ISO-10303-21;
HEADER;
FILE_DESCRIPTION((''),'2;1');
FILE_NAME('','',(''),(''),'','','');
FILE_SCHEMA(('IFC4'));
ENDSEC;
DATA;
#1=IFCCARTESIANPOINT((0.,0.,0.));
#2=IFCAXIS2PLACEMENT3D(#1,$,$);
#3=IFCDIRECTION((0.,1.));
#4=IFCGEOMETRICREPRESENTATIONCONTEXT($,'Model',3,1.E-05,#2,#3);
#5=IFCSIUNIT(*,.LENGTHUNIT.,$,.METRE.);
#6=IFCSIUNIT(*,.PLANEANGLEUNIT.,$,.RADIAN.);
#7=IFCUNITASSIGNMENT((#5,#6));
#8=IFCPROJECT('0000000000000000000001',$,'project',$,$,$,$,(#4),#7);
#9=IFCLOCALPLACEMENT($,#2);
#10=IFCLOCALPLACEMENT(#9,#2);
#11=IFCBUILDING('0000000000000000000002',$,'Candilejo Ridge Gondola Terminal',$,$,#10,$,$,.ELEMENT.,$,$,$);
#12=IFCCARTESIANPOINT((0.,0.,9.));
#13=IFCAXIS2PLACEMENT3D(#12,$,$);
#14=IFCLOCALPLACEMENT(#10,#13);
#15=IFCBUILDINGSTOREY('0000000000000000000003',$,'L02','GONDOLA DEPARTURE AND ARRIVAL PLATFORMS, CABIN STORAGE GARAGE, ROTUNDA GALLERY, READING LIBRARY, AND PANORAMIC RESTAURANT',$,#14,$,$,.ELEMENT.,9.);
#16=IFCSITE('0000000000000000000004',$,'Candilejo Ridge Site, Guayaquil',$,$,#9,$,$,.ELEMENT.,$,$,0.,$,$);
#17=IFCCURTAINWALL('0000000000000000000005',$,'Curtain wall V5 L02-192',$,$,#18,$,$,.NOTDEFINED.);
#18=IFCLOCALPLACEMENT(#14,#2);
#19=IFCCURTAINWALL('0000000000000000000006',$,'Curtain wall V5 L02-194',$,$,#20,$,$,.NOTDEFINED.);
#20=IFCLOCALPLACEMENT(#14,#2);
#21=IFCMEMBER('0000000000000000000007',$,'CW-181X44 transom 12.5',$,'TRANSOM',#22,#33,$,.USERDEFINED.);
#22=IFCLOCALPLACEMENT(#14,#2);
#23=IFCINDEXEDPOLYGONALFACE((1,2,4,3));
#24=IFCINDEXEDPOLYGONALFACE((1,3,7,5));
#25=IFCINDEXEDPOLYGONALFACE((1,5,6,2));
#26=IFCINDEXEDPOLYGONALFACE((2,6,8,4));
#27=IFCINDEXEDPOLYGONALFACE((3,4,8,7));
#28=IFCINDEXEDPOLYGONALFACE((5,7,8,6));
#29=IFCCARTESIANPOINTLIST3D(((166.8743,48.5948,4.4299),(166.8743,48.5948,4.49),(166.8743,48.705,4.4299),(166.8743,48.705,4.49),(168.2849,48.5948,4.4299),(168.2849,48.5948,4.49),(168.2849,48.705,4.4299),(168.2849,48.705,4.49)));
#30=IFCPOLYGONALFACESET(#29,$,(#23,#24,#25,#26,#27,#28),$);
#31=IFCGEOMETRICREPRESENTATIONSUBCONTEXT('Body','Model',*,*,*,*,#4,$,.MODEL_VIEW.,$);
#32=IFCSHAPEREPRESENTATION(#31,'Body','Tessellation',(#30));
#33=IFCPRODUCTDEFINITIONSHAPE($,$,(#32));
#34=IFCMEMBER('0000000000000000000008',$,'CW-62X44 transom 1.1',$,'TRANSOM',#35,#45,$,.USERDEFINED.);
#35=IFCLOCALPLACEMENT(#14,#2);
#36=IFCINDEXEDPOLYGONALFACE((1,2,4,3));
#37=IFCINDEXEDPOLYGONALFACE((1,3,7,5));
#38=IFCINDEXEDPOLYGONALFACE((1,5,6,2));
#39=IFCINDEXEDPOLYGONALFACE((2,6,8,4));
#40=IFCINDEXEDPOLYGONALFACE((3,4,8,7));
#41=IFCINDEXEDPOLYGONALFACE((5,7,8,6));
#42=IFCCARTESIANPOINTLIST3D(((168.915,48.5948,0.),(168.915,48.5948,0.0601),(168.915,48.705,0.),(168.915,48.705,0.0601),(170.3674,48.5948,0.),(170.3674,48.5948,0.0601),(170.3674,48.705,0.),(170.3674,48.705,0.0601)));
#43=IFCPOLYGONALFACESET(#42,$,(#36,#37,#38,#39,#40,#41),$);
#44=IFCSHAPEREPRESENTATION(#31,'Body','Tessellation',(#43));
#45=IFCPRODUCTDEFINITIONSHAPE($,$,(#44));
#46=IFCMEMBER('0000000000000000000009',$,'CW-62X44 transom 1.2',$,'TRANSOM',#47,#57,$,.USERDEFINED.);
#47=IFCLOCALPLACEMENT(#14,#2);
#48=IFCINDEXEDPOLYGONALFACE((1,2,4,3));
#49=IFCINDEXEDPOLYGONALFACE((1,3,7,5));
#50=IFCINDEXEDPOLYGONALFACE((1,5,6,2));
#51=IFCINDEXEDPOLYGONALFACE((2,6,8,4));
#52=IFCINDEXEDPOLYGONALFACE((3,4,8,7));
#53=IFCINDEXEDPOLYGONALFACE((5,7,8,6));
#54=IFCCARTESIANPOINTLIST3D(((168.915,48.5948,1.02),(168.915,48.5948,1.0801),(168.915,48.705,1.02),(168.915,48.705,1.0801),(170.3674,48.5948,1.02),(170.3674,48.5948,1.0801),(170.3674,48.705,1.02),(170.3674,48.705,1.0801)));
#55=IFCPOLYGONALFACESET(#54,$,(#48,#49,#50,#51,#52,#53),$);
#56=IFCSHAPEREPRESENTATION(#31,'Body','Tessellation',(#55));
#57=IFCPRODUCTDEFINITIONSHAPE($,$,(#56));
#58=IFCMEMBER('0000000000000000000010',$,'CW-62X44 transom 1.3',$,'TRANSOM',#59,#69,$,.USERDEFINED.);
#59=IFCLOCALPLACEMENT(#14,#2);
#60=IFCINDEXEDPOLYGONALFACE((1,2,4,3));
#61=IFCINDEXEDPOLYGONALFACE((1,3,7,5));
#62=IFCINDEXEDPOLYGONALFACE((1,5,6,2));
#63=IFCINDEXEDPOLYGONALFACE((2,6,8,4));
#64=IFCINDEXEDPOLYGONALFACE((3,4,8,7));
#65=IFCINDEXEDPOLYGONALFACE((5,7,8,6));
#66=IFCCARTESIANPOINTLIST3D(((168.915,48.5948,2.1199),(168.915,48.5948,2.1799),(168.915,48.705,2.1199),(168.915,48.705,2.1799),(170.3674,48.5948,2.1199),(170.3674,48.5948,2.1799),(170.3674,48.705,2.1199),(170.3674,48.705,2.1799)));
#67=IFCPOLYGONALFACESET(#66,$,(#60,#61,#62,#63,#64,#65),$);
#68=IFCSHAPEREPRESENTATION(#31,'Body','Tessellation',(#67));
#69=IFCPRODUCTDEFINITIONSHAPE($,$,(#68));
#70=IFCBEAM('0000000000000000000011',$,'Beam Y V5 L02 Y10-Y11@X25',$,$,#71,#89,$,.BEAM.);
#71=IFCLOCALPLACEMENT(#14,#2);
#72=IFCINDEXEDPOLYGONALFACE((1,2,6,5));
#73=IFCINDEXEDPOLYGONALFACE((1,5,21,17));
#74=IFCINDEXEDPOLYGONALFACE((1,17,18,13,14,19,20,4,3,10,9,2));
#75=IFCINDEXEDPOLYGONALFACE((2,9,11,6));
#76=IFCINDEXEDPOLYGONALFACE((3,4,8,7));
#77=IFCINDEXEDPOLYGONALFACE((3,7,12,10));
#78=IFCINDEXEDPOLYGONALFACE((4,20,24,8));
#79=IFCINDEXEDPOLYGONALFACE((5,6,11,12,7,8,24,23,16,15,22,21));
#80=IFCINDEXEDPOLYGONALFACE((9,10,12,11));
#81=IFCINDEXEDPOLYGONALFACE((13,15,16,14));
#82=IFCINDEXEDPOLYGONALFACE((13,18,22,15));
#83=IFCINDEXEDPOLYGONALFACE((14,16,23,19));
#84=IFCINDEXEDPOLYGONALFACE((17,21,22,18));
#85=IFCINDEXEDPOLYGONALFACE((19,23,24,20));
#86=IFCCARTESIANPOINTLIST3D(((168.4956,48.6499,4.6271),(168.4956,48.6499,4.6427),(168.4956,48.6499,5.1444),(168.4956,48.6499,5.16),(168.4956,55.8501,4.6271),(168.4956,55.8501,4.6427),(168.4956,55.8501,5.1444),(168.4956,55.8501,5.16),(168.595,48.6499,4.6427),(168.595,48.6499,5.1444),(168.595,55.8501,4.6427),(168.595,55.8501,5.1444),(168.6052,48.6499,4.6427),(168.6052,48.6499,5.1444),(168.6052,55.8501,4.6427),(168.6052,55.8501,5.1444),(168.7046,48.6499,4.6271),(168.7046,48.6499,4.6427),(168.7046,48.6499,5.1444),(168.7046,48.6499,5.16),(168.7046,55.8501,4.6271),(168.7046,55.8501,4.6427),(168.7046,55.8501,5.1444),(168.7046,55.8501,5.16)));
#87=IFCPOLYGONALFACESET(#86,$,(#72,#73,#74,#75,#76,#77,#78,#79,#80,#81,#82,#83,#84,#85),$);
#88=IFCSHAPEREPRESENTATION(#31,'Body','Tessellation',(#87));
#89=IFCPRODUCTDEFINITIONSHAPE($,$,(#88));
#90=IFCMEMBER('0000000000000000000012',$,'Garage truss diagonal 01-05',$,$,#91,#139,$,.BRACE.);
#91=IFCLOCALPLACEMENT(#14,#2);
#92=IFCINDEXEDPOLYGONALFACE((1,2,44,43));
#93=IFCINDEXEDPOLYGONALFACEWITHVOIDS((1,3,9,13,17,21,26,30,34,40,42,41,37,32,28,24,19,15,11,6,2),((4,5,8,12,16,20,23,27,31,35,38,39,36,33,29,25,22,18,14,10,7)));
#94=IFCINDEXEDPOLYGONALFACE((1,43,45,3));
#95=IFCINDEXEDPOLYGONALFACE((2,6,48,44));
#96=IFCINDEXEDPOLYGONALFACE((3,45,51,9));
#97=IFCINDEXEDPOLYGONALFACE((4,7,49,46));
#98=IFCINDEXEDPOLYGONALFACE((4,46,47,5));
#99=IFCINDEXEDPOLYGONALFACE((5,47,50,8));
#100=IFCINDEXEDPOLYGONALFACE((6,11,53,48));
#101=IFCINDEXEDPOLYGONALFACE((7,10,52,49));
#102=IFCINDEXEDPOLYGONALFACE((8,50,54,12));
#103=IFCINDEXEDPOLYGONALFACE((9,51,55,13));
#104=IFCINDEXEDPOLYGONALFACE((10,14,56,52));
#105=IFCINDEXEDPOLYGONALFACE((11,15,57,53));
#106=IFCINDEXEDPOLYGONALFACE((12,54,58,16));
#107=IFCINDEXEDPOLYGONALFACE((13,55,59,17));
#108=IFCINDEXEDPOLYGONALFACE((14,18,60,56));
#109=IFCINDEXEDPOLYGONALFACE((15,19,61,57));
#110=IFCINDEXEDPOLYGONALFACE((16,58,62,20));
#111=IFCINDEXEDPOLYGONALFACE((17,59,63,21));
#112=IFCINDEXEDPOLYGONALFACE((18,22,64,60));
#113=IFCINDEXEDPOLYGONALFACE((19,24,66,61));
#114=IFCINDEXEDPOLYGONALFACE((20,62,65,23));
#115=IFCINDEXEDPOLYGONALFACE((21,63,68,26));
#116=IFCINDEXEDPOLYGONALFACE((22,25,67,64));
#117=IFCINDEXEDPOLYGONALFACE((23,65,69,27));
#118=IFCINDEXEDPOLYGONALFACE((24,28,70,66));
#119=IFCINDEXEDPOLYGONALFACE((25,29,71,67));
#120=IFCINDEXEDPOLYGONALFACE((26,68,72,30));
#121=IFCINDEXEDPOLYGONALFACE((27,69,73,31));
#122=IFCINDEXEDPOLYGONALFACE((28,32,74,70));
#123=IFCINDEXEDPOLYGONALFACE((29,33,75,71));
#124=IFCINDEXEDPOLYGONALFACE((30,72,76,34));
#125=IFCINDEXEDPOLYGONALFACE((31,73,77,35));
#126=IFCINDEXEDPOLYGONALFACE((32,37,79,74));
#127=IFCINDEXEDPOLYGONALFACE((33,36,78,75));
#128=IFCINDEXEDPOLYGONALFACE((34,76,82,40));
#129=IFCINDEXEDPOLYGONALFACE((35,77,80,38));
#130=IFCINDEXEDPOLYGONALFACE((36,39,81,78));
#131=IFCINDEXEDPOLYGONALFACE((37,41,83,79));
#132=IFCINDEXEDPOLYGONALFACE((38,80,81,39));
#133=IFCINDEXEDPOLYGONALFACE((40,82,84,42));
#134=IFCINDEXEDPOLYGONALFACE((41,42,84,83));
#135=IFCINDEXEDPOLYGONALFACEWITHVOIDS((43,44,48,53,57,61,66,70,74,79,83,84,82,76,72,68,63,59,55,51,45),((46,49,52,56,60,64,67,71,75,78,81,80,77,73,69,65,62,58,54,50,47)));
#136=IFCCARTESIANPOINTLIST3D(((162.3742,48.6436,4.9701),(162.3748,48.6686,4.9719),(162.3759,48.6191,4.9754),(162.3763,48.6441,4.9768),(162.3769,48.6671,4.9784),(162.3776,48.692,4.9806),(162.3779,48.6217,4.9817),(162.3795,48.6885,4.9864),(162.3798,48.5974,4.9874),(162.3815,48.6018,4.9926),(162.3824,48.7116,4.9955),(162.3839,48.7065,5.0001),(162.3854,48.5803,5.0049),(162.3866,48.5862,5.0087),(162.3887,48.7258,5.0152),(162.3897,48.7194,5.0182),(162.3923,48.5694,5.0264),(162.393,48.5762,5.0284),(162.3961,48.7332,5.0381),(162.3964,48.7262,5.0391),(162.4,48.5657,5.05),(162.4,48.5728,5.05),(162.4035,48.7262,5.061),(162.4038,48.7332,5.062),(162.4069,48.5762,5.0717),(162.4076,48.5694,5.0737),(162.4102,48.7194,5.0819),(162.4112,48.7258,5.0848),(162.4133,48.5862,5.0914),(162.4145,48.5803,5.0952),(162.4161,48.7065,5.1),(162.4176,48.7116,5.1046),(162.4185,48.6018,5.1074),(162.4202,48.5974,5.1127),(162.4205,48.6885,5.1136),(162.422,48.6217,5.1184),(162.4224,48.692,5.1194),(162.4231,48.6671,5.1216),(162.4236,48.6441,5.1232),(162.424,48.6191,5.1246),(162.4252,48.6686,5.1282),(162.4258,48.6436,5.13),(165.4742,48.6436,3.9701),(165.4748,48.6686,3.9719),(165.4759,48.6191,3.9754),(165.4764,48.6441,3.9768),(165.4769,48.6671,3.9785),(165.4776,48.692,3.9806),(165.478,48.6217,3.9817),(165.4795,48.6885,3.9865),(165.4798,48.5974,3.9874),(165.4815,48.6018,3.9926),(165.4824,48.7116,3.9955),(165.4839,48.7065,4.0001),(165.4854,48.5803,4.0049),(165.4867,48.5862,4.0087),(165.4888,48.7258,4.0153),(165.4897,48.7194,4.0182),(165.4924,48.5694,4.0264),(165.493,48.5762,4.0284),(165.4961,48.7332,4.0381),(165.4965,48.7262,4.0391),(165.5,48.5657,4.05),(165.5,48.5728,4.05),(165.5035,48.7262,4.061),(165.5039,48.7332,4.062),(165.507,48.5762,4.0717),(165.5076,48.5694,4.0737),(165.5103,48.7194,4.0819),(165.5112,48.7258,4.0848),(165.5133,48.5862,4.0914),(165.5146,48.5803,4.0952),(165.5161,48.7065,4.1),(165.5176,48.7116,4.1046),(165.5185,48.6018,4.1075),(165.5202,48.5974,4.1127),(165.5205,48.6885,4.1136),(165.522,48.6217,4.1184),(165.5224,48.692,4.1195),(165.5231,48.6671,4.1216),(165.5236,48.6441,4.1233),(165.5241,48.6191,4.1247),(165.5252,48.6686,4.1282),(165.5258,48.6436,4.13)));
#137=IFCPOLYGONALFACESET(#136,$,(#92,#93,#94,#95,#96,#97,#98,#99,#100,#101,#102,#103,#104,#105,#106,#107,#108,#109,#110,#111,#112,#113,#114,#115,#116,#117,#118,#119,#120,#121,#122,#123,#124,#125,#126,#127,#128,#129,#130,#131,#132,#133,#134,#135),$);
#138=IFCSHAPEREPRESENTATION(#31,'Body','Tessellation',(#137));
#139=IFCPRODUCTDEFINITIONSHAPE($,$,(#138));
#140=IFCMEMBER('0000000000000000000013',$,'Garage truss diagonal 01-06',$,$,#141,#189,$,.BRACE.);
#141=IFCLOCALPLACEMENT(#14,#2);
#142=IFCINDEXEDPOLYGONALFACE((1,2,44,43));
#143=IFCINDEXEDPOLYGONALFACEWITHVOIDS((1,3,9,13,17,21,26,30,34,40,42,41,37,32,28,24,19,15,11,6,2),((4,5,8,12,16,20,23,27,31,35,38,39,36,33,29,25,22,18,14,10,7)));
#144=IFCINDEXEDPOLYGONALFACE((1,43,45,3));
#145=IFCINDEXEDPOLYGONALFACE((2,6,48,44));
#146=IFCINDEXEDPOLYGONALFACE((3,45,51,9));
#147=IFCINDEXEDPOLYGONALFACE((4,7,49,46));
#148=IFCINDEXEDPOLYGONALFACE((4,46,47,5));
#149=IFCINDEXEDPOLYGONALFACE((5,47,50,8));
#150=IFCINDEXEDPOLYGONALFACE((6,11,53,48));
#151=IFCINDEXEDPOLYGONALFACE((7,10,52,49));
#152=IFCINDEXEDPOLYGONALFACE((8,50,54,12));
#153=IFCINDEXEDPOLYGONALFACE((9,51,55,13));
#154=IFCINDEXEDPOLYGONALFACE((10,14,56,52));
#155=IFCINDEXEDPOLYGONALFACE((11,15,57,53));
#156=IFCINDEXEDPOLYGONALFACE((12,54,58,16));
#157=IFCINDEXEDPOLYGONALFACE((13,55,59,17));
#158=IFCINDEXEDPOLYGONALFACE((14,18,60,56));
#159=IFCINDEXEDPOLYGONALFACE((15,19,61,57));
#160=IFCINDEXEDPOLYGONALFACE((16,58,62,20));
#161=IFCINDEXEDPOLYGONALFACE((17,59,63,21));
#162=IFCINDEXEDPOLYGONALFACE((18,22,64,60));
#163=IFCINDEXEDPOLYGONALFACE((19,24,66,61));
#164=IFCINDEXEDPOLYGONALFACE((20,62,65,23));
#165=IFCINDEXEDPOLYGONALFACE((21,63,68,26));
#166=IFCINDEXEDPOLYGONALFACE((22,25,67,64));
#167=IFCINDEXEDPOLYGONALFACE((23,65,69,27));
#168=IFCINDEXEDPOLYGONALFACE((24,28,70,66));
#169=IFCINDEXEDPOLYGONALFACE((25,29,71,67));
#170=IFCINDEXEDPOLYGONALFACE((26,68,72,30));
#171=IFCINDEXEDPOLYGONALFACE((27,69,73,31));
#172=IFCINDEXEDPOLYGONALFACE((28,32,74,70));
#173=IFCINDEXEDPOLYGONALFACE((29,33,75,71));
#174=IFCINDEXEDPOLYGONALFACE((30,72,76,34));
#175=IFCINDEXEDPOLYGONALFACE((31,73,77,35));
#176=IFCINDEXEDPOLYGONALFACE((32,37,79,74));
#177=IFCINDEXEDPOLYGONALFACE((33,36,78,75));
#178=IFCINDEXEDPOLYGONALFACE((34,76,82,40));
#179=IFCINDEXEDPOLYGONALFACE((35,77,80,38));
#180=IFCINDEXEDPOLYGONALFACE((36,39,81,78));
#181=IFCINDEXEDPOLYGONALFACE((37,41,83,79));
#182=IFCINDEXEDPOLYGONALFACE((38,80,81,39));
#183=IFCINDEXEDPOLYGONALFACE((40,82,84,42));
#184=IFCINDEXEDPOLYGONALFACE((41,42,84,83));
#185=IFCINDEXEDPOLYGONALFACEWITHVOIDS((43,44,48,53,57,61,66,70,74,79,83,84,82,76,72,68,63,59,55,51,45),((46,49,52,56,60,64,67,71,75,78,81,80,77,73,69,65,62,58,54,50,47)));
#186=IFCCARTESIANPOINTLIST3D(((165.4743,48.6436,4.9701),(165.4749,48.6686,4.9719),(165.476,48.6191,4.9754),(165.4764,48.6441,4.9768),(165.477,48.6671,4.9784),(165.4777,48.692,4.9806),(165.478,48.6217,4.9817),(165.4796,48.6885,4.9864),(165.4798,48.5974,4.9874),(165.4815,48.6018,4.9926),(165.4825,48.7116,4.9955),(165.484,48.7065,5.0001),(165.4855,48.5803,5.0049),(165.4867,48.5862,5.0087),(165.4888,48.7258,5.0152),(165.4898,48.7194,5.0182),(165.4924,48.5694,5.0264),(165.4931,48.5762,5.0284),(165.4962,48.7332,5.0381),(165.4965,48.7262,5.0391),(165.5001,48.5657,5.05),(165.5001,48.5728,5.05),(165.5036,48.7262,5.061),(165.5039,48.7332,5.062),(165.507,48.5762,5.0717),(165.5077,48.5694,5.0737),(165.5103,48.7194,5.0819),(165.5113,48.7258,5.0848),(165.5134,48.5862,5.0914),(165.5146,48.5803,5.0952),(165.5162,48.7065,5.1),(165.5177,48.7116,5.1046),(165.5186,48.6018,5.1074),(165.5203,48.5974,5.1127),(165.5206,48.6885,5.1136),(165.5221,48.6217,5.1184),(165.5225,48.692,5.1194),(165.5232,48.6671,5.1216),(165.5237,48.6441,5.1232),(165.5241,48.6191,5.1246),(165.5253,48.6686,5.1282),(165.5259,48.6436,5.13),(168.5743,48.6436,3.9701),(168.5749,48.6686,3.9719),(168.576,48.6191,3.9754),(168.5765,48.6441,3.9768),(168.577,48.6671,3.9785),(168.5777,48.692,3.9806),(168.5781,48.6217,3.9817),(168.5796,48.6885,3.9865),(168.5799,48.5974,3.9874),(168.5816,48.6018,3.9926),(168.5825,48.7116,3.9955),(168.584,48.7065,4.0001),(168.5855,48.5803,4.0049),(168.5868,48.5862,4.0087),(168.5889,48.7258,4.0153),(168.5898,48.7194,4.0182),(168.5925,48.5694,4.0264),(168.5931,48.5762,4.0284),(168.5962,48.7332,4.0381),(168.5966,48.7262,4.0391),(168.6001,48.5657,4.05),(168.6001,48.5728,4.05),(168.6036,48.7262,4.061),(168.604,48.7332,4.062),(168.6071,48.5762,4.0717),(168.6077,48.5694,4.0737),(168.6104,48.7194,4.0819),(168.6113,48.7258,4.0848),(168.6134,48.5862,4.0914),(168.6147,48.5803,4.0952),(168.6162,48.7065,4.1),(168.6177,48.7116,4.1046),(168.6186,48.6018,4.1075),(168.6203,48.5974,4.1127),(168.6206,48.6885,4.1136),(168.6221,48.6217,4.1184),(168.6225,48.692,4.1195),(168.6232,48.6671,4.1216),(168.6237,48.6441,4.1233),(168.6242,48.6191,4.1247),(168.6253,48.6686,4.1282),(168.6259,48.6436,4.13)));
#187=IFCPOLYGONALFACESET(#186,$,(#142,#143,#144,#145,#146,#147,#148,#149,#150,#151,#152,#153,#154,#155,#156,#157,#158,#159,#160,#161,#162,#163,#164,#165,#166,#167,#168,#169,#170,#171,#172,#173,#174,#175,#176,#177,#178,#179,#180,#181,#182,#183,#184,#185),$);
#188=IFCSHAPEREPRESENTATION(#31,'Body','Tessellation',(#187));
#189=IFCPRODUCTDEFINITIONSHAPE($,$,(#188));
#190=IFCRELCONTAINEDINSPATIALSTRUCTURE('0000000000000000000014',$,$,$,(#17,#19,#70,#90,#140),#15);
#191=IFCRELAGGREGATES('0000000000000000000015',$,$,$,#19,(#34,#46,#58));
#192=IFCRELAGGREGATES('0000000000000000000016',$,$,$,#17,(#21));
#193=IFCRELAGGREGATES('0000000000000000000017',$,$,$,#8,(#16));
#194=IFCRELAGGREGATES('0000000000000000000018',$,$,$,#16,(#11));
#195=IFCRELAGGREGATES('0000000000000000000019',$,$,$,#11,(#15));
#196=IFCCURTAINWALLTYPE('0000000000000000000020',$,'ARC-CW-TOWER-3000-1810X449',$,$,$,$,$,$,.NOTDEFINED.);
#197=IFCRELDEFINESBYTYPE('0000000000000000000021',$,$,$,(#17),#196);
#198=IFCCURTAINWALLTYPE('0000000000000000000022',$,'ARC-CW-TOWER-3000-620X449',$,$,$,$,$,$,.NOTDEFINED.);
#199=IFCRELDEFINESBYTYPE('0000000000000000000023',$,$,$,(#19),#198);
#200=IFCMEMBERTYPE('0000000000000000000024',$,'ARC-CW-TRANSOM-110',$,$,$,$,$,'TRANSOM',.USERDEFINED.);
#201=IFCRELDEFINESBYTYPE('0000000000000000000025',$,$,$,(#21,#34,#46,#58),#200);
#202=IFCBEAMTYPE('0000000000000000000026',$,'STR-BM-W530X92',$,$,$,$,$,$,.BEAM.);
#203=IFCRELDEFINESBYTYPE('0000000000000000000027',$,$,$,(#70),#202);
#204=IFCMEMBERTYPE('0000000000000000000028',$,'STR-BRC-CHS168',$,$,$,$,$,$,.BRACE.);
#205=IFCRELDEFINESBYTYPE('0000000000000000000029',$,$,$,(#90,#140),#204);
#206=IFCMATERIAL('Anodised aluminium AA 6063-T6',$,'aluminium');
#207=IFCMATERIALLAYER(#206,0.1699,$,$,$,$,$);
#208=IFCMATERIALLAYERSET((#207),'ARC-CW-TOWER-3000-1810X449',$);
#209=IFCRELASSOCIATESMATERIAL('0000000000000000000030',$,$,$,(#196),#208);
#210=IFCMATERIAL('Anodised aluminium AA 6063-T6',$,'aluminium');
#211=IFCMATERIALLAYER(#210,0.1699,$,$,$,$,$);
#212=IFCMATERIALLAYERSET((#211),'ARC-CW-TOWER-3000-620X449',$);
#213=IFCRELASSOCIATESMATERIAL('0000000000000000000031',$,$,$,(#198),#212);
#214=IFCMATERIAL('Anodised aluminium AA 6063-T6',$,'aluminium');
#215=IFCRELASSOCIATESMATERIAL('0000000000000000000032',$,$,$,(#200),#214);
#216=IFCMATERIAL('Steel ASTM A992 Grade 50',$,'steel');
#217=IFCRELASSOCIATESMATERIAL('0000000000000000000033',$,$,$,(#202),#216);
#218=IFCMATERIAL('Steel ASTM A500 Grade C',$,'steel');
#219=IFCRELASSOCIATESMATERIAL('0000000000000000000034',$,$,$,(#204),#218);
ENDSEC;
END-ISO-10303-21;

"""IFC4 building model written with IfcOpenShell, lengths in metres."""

from ifc_helpers import new_model, si_unit, direction, frame, origin, origin_2d, place, context, subcontext, project, spatial, rectangle, hollow_circle, i_section, extrude, material, layer, layer_set, material_profile, profile_set, type_object, element, aggregate, save


model = new_model("IFC4")

# Units and contexts
model_context = context("Model", 3, precision=1e-05, world=origin(), true_north=direction((0.0, 1.0)))
body_context = subcontext(model_context, "Body", "Model", "MODEL_VIEW")
ifc_project = project(units=[si_unit("LENGTHUNIT", "METRE"), si_unit("PLANEANGLEUNIT", "RADIAN")], contexts=[model_context])

# Site, building, storey
site_placement = place(None, origin())
site = spatial("IfcSite", under=ifc_project, at=site_placement, Name="Candilejo Ridge Site, Guayaquil", CompositionType="ELEMENT", RefElevation=0.0)
building_placement = place(site_placement, origin())
building = spatial("IfcBuilding", under=site, at=building_placement, Name="Candilejo Ridge Gondola Terminal", CompositionType="ELEMENT")
storey_placement = place(building_placement, frame((0.0, 0.0, 9.0)))
storey = spatial("IfcBuildingStorey", under=building, at=storey_placement, Name="L02", Description="GONDOLA DEPARTURE AND ARRIVAL PLATFORMS, CABIN STORAGE GARAGE, ROTUNDA GALLERY, READING LIBRARY, AND PANORAMIC RESTAURANT", CompositionType="ELEMENT", Elevation=9.0)

# Curtain wall
ifc_material_1 = material(Name="Anodised aluminium AA 6063-T6", Category="aluminium")
ifc_layer_1 = layer(ifc_material_1, 0.1699)
ifc_layer_set_1 = layer_set([ifc_layer_1], Name="ARC-CW-TOWER-3000-1810X449")
curtain_wall_type_1 = type_object("IfcCurtainWallType", Name="ARC-CW-TOWER-3000-1810X449", PredefinedType="NOTDEFINED", material=ifc_layer_set_1)
curtain_wall_1_placement = place(storey_placement, origin())
curtain_wall_1 = element("IfcCurtainWall", 1, at=curtain_wall_1_placement, inside=storey, type_object=curtain_wall_type_1, Name="Curtain wall V5 L02-192", PredefinedType="NOTDEFINED")

# Curtain wall
ifc_material_2 = material(Name="Anodised aluminium AA 6063-T6", Category="aluminium")
ifc_layer_2 = layer(ifc_material_2, 0.1699)
ifc_layer_set_2 = layer_set([ifc_layer_2], Name="ARC-CW-TOWER-3000-620X449")
curtain_wall_type_2 = type_object("IfcCurtainWallType", Name="ARC-CW-TOWER-3000-620X449", PredefinedType="NOTDEFINED", material=ifc_layer_set_2)
curtain_wall_2_placement = place(storey_placement, origin())
curtain_wall_2 = element("IfcCurtainWall", 2, at=curtain_wall_2_placement, inside=storey, type_object=curtain_wall_type_2, Name="Curtain wall V5 L02-194", PredefinedType="NOTDEFINED")

# Members
ifc_material_3 = material(Name="Anodised aluminium AA 6063-T6", Category="aluminium")
ifc_material_profile_1 = material_profile(ifc_material_3, rectangle(XDim=0.1101, YDim=0.0601, at=origin_2d()))
ifc_profile_set_1 = profile_set([ifc_material_profile_1], Name="Anodised aluminium AA 6063-T6")
member_type_1 = type_object("IfcMemberType", Name="ARC-CW-TRANSOM-110", ElementType="TRANSOM", PredefinedType="USERDEFINED", material=ifc_profile_set_1)
member_1_placement = place(storey_placement, frame((166.8743, 48.6499, 4.46), z_axis=(1.0, 0.0, 0.0), x_axis=(0.0, 1.0, 0.0)))
member_1 = element("IfcMember", 3, at=member_1_placement, type_object=member_type_1, Name="CW-181X44 transom 12.5", ObjectType="TRANSOM", PredefinedType="USERDEFINED", context=body_context, shape_type="SweptSolid", body=[
    extrude(rectangle(XDim=0.1101, YDim=0.0601, at=origin_2d()), origin(), (0.0, 0.0, 1.0), 1.4106),
])
member_2_placement = place(storey_placement, frame((168.915, 48.6499, 0.03), z_axis=(1.0, 0.0, 0.0), x_axis=(0.0, 1.0, 0.0)))
member_2 = element("IfcMember", 4, at=member_2_placement, type_object=member_type_1, Name="CW-62X44 transom 1.1", ObjectType="TRANSOM", PredefinedType="USERDEFINED", context=body_context, shape_type="SweptSolid", body=[
    extrude(rectangle(XDim=0.1101, YDim=0.0601, at=origin_2d()), origin(), (0.0, 0.0, 1.0), 1.4524),
])
member_3_placement = place(storey_placement, frame((168.915, 48.6499, 1.05), z_axis=(1.0, 0.0, 0.0), x_axis=(0.0, 1.0, 0.0)))
member_3 = element("IfcMember", 5, at=member_3_placement, type_object=member_type_1, Name="CW-62X44 transom 1.2", ObjectType="TRANSOM", PredefinedType="USERDEFINED", context=body_context, shape_type="SweptSolid", body=[
    extrude(rectangle(XDim=0.1101, YDim=0.0601, at=origin_2d()), origin(), (0.0, 0.0, 1.0), 1.4524),
])
member_4_placement = place(storey_placement, frame((168.915, 48.6499, 2.1499), z_axis=(1.0, 0.0, 0.0), x_axis=(0.0, 1.0, 0.0)))
member_4 = element("IfcMember", 6, at=member_4_placement, type_object=member_type_1, Name="CW-62X44 transom 1.3", ObjectType="TRANSOM", PredefinedType="USERDEFINED", context=body_context, shape_type="SweptSolid", body=[
    extrude(rectangle(XDim=0.1101, YDim=0.0601, at=origin_2d()), origin(), (0.0, 0.0, 1.0), 1.4524),
])
aggregate(curtain_wall_2, [member_2, member_3, member_4])

# Beam
ifc_material_4 = material(Name="Steel ASTM A992 Grade 50", Category="steel")
ifc_material_profile_2 = material_profile(ifc_material_4, i_section(OverallWidth=0.209, OverallDepth=0.533, WebThickness=0.0103, FlangeThickness=0.0156, at=origin_2d()))
ifc_profile_set_2 = profile_set([ifc_material_profile_2], Name="Steel ASTM A992 Grade 50")
beam_type_1 = type_object("IfcBeamType", Name="STR-BM-W530X92", PredefinedType="BEAM", material=ifc_profile_set_2)
beam_1_placement = place(storey_placement, frame((168.6001, 48.6499, 4.8936), z_axis=(0.0, 1.0, 0.0), x_axis=(-1.0, 0.0, 0.0)))
element("IfcBeam", 7, at=beam_1_placement, inside=storey, type_object=beam_type_1, Name="Beam Y V5 L02 Y10-Y11@X25", PredefinedType="BEAM", context=body_context, shape_type="SweptSolid", body=[
    extrude(i_section(OverallWidth=0.209, OverallDepth=0.533, WebThickness=0.0103, FlangeThickness=0.0156, at=origin_2d()), origin(), (0.0, 0.0, 1.0), 7.2002),
])

# Members
ifc_material_5 = material(Name="Steel ASTM A500 Grade C", Category="steel")
ifc_material_profile_3 = material_profile(ifc_material_5, hollow_circle(Radius=0.0842, WallThickness=0.0071, at=origin_2d()))
ifc_profile_set_3 = profile_set([ifc_material_profile_3], Name="Steel ASTM A500 Grade C")
member_type_2 = type_object("IfcMemberType", Name="STR-BRC-CHS168", PredefinedType="BRACE", material=ifc_profile_set_3)
for number, where, z_axis, x_axis, name in (
    (8, (165.5, 48.6499, 4.05), (-0.951711, 0.0, 0.306994), (0.0, -1.0, 0.0), "Garage truss diagonal 01-05"),
    (9, (168.6001, 48.6499, 4.05), (-0.951711, 0.0, 0.306994), (0.0, -1.0, 0.0), "Garage truss diagonal 01-06"),
):
    element("IfcMember", number, at=place(storey_placement, frame(where, z_axis=z_axis, x_axis=x_axis)), inside=storey, type_object=member_type_2, Name=name, PredefinedType="BRACE", context=body_context, shape_type="SweptSolid", body=[
        extrude(hollow_circle(Radius=0.0842, WallThickness=0.0071, at=origin_2d()), origin(), (0.0, 0.0, 1.0), 3.2573),
    ])

aggregate(curtain_wall_1, [member_1])

save(model, "model.ifc")
